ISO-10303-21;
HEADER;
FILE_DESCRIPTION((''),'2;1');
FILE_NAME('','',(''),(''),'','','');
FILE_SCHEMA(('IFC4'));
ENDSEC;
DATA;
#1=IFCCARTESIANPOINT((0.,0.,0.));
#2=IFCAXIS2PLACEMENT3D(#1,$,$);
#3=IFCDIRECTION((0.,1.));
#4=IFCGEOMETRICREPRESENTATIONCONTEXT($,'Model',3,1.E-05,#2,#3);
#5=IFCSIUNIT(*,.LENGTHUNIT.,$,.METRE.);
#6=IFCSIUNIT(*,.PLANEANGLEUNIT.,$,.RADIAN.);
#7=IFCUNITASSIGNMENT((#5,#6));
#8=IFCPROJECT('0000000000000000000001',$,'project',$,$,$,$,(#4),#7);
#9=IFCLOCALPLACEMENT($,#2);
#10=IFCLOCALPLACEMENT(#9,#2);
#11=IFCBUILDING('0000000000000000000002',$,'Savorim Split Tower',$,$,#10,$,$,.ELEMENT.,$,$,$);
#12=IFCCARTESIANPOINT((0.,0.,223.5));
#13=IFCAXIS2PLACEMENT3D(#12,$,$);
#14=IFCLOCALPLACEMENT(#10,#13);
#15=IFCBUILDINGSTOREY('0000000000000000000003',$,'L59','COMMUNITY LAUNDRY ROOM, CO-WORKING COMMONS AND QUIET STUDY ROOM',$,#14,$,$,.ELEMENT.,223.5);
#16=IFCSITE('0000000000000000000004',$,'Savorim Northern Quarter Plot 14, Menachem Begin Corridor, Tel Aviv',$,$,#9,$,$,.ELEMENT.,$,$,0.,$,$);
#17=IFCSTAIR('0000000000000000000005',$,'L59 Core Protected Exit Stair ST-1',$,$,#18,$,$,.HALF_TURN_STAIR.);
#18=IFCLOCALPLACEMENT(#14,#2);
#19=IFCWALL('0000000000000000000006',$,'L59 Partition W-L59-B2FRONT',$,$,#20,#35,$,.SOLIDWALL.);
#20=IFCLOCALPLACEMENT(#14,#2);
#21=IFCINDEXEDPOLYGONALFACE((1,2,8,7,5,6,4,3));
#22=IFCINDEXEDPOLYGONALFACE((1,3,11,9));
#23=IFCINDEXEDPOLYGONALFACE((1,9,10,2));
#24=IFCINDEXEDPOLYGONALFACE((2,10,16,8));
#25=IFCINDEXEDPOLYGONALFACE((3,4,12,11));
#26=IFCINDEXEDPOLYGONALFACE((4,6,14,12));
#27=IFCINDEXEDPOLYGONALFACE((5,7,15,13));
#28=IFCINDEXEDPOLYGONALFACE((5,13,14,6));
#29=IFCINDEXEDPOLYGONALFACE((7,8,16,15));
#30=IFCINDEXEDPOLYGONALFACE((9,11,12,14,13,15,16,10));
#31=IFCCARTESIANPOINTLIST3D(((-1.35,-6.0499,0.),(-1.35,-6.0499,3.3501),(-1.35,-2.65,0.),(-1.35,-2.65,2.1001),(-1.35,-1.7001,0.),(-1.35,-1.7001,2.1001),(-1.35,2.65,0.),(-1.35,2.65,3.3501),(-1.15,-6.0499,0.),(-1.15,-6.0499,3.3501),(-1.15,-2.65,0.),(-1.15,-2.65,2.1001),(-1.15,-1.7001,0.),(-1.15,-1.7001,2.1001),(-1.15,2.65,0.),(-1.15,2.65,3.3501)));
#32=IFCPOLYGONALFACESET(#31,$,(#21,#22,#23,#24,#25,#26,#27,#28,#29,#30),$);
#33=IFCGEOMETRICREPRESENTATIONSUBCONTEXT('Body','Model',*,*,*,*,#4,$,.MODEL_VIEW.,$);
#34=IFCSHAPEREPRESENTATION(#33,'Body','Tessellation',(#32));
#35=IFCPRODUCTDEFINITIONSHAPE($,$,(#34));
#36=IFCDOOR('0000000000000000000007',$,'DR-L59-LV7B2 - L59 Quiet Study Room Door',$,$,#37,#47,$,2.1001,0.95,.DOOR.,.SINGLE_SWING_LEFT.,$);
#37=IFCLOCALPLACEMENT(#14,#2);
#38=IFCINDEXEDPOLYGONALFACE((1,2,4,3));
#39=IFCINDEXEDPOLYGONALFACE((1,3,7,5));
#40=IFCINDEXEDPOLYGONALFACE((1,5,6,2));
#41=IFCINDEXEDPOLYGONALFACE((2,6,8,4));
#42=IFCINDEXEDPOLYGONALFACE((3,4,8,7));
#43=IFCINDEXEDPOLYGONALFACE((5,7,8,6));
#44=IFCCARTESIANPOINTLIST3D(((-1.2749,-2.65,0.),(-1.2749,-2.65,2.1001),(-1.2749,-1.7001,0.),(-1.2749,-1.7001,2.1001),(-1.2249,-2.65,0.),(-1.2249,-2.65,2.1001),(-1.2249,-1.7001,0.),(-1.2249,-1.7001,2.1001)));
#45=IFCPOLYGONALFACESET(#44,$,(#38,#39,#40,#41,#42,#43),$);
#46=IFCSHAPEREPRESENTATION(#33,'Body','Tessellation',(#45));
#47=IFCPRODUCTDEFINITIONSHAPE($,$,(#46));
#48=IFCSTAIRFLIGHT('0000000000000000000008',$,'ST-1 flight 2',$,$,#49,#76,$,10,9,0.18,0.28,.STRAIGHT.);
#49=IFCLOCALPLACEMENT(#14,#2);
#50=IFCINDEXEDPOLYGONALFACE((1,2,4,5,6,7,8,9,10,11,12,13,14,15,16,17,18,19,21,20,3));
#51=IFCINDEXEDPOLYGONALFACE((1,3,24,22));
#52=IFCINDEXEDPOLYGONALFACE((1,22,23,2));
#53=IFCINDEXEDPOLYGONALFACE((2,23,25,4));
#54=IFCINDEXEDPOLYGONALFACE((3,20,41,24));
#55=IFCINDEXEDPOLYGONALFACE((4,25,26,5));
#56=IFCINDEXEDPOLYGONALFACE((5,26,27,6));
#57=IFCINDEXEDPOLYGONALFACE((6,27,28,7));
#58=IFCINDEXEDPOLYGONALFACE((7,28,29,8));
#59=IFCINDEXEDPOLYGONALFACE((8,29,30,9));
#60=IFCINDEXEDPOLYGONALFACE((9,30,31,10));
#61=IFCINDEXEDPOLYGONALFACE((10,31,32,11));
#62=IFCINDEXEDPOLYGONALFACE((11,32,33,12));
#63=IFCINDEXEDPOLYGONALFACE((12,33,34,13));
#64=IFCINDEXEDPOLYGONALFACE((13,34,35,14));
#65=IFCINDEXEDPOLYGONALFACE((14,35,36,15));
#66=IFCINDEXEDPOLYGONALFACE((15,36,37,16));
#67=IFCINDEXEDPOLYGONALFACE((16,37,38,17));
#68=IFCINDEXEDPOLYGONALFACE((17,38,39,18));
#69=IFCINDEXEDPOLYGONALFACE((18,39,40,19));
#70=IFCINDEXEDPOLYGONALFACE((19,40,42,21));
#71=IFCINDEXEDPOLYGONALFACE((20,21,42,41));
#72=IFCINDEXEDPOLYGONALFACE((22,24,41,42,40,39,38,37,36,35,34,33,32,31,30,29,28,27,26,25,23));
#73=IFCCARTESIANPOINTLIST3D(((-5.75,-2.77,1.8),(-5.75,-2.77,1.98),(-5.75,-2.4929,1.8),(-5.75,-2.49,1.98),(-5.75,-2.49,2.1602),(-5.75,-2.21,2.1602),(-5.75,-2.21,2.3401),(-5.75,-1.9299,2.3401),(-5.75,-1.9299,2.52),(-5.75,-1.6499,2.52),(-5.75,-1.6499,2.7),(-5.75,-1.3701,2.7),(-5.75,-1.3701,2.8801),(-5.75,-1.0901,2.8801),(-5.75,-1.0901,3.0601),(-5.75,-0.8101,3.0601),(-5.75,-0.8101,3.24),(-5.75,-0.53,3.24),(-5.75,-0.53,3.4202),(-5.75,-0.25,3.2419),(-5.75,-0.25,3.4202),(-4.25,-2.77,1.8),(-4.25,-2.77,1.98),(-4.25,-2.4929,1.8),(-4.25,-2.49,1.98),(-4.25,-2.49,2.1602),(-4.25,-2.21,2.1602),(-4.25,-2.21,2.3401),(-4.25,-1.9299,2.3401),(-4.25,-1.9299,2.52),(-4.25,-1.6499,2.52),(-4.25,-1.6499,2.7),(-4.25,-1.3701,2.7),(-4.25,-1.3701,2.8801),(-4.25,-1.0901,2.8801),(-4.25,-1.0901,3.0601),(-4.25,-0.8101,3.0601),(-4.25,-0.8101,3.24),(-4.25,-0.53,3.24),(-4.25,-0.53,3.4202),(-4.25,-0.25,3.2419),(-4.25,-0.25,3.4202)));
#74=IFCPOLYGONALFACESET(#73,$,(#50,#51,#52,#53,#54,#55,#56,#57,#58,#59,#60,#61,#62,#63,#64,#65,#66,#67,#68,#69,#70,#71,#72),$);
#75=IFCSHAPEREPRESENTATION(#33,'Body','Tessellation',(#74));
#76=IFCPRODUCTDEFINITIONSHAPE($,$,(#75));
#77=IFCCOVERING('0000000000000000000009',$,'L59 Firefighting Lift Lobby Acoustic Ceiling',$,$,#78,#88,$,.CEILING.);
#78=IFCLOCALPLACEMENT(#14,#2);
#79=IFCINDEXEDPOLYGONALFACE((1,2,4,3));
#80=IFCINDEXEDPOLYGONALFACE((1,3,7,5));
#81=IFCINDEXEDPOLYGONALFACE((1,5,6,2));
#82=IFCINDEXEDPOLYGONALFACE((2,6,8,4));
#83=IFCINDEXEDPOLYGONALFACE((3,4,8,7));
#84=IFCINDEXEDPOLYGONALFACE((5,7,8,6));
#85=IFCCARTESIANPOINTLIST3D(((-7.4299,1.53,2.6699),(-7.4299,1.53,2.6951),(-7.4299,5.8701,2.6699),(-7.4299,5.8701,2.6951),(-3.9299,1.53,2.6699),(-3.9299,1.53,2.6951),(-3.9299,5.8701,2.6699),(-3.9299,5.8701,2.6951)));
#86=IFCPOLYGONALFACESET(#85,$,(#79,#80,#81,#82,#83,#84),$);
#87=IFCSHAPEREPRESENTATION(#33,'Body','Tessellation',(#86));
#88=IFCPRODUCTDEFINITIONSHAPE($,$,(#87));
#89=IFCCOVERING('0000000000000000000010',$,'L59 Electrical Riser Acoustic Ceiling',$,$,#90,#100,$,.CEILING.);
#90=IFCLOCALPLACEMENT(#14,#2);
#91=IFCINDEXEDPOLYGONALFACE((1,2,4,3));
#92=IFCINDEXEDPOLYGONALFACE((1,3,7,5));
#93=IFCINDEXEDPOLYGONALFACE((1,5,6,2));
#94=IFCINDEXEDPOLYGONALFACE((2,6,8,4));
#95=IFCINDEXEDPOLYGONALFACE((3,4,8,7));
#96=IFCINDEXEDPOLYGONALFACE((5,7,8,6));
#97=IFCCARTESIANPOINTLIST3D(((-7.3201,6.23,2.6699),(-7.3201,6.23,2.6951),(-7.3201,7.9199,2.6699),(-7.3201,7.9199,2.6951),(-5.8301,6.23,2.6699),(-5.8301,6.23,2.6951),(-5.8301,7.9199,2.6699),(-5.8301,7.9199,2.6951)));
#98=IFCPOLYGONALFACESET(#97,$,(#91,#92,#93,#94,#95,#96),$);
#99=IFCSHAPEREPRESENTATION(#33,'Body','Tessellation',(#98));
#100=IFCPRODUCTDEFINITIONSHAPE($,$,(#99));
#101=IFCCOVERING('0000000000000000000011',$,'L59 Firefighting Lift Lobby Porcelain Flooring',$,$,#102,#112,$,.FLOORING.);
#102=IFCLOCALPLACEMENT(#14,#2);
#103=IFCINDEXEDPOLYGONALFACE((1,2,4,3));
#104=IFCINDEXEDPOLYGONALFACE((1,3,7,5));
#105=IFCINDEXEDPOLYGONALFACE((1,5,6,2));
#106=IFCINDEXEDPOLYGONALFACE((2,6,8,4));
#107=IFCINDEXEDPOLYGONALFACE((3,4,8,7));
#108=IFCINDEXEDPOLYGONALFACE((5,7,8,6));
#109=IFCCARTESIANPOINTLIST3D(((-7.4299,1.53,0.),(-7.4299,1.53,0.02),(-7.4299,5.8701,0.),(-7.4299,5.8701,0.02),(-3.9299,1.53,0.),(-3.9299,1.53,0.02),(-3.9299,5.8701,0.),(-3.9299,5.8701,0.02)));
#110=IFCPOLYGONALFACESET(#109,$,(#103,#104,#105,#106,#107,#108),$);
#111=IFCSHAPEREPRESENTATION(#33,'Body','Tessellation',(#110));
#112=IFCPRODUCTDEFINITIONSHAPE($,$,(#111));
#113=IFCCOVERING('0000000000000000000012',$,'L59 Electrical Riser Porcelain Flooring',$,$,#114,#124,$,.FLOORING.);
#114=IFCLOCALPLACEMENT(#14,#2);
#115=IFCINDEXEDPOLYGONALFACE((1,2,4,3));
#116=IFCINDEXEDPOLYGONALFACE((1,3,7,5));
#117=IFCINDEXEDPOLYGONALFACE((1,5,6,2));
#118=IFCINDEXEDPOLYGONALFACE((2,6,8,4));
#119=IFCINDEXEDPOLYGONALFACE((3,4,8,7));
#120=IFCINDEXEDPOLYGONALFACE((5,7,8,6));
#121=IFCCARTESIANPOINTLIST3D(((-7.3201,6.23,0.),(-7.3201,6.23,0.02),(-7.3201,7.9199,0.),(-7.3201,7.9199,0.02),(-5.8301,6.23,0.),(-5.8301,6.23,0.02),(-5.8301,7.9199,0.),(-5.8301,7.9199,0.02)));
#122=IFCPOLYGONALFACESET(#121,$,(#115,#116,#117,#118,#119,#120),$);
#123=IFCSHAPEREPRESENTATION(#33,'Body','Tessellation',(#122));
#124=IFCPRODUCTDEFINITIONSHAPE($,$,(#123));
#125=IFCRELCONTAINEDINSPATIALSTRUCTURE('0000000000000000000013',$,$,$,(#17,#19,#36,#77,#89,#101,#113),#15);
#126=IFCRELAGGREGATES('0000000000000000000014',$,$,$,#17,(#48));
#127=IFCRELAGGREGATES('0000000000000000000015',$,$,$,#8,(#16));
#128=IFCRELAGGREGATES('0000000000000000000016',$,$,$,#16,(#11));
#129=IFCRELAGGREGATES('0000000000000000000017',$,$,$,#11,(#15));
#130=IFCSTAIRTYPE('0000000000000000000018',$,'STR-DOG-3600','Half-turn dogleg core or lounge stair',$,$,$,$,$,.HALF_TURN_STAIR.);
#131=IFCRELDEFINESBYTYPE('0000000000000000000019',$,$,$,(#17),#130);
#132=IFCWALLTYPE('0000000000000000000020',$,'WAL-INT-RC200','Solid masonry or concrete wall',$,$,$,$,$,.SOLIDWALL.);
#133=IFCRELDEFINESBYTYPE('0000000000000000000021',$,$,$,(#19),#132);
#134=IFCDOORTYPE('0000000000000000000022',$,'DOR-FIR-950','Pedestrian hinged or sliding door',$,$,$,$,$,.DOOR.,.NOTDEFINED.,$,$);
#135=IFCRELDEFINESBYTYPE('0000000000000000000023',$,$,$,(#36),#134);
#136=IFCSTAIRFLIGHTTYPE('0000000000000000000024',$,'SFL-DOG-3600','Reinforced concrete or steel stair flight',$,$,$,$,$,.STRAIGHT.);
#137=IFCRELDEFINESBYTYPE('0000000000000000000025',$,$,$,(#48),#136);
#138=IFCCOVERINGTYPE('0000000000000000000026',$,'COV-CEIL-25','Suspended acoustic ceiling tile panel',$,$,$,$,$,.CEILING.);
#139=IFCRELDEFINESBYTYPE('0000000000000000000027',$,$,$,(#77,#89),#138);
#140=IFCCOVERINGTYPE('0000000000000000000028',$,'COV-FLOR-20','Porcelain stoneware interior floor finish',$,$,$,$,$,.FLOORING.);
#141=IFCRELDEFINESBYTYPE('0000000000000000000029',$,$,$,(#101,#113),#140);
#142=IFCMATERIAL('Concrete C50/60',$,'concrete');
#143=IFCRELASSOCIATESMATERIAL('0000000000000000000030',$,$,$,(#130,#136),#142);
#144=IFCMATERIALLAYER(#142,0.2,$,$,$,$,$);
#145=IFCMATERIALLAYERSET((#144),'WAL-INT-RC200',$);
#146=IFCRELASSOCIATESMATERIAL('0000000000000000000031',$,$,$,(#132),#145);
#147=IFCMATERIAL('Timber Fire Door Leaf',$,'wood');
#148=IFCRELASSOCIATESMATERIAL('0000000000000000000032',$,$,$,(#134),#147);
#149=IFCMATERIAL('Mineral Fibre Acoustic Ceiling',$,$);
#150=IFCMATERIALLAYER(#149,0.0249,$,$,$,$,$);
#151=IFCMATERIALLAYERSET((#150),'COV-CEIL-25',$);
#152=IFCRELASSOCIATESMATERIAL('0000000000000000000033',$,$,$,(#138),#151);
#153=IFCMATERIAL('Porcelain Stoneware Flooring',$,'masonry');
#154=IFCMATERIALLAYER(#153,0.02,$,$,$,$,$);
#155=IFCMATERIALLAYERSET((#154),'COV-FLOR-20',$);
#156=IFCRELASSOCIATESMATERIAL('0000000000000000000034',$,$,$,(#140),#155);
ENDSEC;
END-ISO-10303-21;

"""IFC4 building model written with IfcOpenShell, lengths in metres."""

from ifc_helpers import new_model, si_unit, direction, frame, frame_2d, origin, place, context, subcontext, project, spatial, polyline, rectangle, outline, extrude, material, layer, layer_set, type_object, element, fill, aggregate, save


model = new_model("IFC4")

# Units and contexts
model_context = context("Model", 3, precision=1e-05, world=origin(), true_north=direction((0.0, 1.0)))
body_context = subcontext(model_context, "Body", "Model", "MODEL_VIEW")
ifc_project = project(units=[si_unit("LENGTHUNIT", "METRE"), si_unit("PLANEANGLEUNIT", "RADIAN")], contexts=[model_context])

# Site, building, storey
site_placement = place(None, origin())
site = spatial("IfcSite", under=ifc_project, at=site_placement, Name="Savorim Northern Quarter Plot 14, Menachem Begin Corridor, Tel Aviv", CompositionType="ELEMENT", RefElevation=0.0)
building_placement = place(site_placement, origin())
building = spatial("IfcBuilding", under=site, at=building_placement, Name="Savorim Split Tower", CompositionType="ELEMENT")
storey_placement = place(building_placement, frame((0.0, 0.0, 223.5)))
storey = spatial("IfcBuildingStorey", under=building, at=storey_placement, Name="L59", Description="COMMUNITY LAUNDRY ROOM, CO-WORKING COMMONS AND QUIET STUDY ROOM", CompositionType="ELEMENT", Elevation=223.5)

# Shared definitions
ifc_material_1 = material(Name="Concrete C50/60", Category="concrete")

# Stair
stair_type = type_object("IfcStairType", Name="STR-DOG-3600", Description="Half-turn dogleg core or lounge stair", PredefinedType="HALF_TURN_STAIR", material=ifc_material_1)
stair_1_placement = place(storey_placement, origin())
stair_1 = element("IfcStair", 1, at=stair_1_placement, inside=storey, type_object=stair_type, Name="L59 Core Protected Exit Stair ST-1", PredefinedType="HALF_TURN_STAIR")

# Shared definitions
ifc_layer_1 = layer(ifc_material_1, 0.2)
ifc_layer_set_1 = layer_set([ifc_layer_1], Name="WAL-INT-RC200")
wall_type = type_object("IfcWallType", Name="WAL-INT-RC200", Description="Solid masonry or concrete wall", PredefinedType="SOLIDWALL", material=ifc_layer_set_1)

# Wall, opening, door
wall_1_placement = place(storey_placement, frame((-1.25, -6.05, 0.0), z_axis=(0.0, 0.0, 1.0), x_axis=(0.0, 1.0, 0.0)))
wall_1 = element("IfcWall", 2, at=wall_1_placement, inside=storey, type_object=wall_type, Name="L59 Partition W-L59-B2FRONT", PredefinedType="SOLIDWALL", context=body_context, shape_type="SweptSolid", body=[
    extrude(rectangle(XDim=8.7, YDim=0.2, at=frame_2d((4.3501, 0.0))), origin(), (0.0, 0.0, 1.0), 3.3501),
])
opening_1_placement = place(wall_1_placement, frame((3.3999, 0.0, 0.0)))
opening_1 = element("IfcOpeningElement", 3, at=opening_1_placement, cuts=wall_1, PredefinedType="OPENING", context=body_context, shape_type="SweptSolid", body=[
    extrude(rectangle(XDim=0.95, YDim=2.1001, at=frame_2d((0.4751, 1.05))), frame((0.0, 0.1099, 0.0), z_axis=(0.0, -1.0, 0.0), x_axis=(1.0, 0.0, 0.0)), (0.0, 0.0, 1.0), 0.22),
])
ifc_material_2 = material(Name="Timber Fire Door Leaf", Category="wood")
door_type_1 = type_object("IfcDoorType", Name="DOR-FIR-950", Description="Pedestrian hinged or sliding door", OperationType="NOTDEFINED", PredefinedType="DOOR", material=ifc_material_2)
door_1_placement = place(opening_1_placement, origin())
door_1 = element("IfcDoor", 4, at=door_1_placement, inside=storey, type_object=door_type_1, Name="DR-L59-LV7B2 - L59 Quiet Study Room Door", OperationType="SINGLE_SWING_LEFT", OverallHeight=2.1001, OverallWidth=0.95, PredefinedType="DOOR", context=body_context, shape_type="SweptSolid", body=[
    extrude(rectangle(XDim=0.95, YDim=2.1001, at=frame_2d((0.4751, 1.05))), frame((0.0, 0.0249, 0.0), z_axis=(0.0, -1.0, 0.0), x_axis=(1.0, 0.0, 0.0)), (0.0, 0.0, 1.0), 0.05),
])
fill(opening_1, door_1)

# Stair flight
stair_flight_type = type_object("IfcStairFlightType", Name="SFL-DOG-3600", Description="Reinforced concrete or steel stair flight", PredefinedType="STRAIGHT", material=ifc_material_1)
stair_flight_placement = place(storey_placement, frame((-5.0, -2.77, 1.8), z_axis=(0.0, 0.0, 1.0), x_axis=(0.0, 1.0, 0.0)))
stair_flight = element("IfcStairFlight", 5, at=stair_flight_placement, type_object=stair_flight_type, Name="ST-1 flight 2", NumberOfRisers=10, NumberOfTreads=9, PredefinedType="STRAIGHT", RiserHeight=0.18, TreadLength=0.28, context=body_context, shape_type="SweptSolid", body=[
    extrude(outline(polyline([(0.0, 0.0), (0.0, 0.1799), (0.28, 0.1799), (0.28, 0.3601), (0.5601, 0.3601), (0.5601, 0.54), (0.8401, 0.54), (0.8401, 0.72), (1.1201, 0.72), (1.1201, 0.8999), (1.3999, 0.8999), (1.3999, 1.0801), (1.6799, 1.0801), (1.6799, 1.26), (1.96, 1.26), (1.96, 1.4399), (2.24, 1.4399), (2.24, 1.6201), (2.52, 1.6201), (2.52, 1.8), (2.52, 1.4419), (0.2771, 0.0), (0.0, 0.0)])), frame((0.0, 0.75, 0.0), z_axis=(0.0, -1.0, 0.0), x_axis=(1.0, 0.0, 0.0)), (0.0, 0.0, 1.0), 1.5),
])
aggregate(stair_1, [stair_flight])

# Coverings
ifc_material_3 = material(Name="Mineral Fibre Acoustic Ceiling")
ifc_layer_2 = layer(ifc_material_3, 0.0249)
ifc_layer_set_2 = layer_set([ifc_layer_2], Name="COV-CEIL-25")
covering_type_1 = type_object("IfcCoveringType", Name="COV-CEIL-25", Description="Suspended acoustic ceiling tile panel", PredefinedType="CEILING", material=ifc_layer_set_2)
covering_1_placement = place(storey_placement, frame((0.0, 0.0, 2.6699)))
element("IfcCovering", 6, at=covering_1_placement, inside=storey, type_object=covering_type_1, Name="L59 Firefighting Lift Lobby Acoustic Ceiling", PredefinedType="CEILING", context=body_context, shape_type="SweptSolid", body=[
    extrude(outline(polyline([(-7.4299, 5.8701), (-7.4299, 1.53), (-3.9299, 1.53), (-3.9299, 5.8701), (-7.4299, 5.8701)])), origin(), (0.0, 0.0, 1.0), 0.0251),
])
covering_2_placement = place(storey_placement, frame((0.0, 0.0, 2.6699)))
element("IfcCovering", 7, at=covering_2_placement, inside=storey, type_object=covering_type_1, Name="L59 Electrical Riser Acoustic Ceiling", PredefinedType="CEILING", context=body_context, shape_type="SweptSolid", body=[
    extrude(outline(polyline([(-7.3201, 7.9199), (-7.3201, 6.23), (-5.8301, 6.23), (-5.8301, 7.9199), (-7.3201, 7.9199)])), origin(), (0.0, 0.0, 1.0), 0.0251),
])
ifc_material_4 = material(Name="Porcelain Stoneware Flooring", Category="masonry")
ifc_layer_3 = layer(ifc_material_4, 0.02)
ifc_layer_set_3 = layer_set([ifc_layer_3], Name="COV-FLOR-20")
covering_type_2 = type_object("IfcCoveringType", Name="COV-FLOR-20", Description="Porcelain stoneware interior floor finish", PredefinedType="FLOORING", material=ifc_layer_set_3)
covering_3_placement = place(storey_placement, origin())
element("IfcCovering", 8, at=covering_3_placement, inside=storey, type_object=covering_type_2, Name="L59 Firefighting Lift Lobby Porcelain Flooring", PredefinedType="FLOORING", context=body_context, shape_type="SweptSolid", body=[
    extrude(outline(polyline([(-7.4299, 5.8701), (-7.4299, 1.53), (-3.9299, 1.53), (-3.9299, 5.8701), (-7.4299, 5.8701)])), origin(), (0.0, 0.0, 1.0), 0.02),
])
covering_4_placement = place(storey_placement, origin())
element("IfcCovering", 9, at=covering_4_placement, inside=storey, type_object=covering_type_2, Name="L59 Electrical Riser Porcelain Flooring", PredefinedType="FLOORING", context=body_context, shape_type="SweptSolid", body=[
    extrude(outline(polyline([(-7.3201, 7.9199), (-7.3201, 6.23), (-5.8301, 6.23), (-5.8301, 7.9199), (-7.3201, 7.9199)])), origin(), (0.0, 0.0, 1.0), 0.02),
])

save(model, "model.ifc")
